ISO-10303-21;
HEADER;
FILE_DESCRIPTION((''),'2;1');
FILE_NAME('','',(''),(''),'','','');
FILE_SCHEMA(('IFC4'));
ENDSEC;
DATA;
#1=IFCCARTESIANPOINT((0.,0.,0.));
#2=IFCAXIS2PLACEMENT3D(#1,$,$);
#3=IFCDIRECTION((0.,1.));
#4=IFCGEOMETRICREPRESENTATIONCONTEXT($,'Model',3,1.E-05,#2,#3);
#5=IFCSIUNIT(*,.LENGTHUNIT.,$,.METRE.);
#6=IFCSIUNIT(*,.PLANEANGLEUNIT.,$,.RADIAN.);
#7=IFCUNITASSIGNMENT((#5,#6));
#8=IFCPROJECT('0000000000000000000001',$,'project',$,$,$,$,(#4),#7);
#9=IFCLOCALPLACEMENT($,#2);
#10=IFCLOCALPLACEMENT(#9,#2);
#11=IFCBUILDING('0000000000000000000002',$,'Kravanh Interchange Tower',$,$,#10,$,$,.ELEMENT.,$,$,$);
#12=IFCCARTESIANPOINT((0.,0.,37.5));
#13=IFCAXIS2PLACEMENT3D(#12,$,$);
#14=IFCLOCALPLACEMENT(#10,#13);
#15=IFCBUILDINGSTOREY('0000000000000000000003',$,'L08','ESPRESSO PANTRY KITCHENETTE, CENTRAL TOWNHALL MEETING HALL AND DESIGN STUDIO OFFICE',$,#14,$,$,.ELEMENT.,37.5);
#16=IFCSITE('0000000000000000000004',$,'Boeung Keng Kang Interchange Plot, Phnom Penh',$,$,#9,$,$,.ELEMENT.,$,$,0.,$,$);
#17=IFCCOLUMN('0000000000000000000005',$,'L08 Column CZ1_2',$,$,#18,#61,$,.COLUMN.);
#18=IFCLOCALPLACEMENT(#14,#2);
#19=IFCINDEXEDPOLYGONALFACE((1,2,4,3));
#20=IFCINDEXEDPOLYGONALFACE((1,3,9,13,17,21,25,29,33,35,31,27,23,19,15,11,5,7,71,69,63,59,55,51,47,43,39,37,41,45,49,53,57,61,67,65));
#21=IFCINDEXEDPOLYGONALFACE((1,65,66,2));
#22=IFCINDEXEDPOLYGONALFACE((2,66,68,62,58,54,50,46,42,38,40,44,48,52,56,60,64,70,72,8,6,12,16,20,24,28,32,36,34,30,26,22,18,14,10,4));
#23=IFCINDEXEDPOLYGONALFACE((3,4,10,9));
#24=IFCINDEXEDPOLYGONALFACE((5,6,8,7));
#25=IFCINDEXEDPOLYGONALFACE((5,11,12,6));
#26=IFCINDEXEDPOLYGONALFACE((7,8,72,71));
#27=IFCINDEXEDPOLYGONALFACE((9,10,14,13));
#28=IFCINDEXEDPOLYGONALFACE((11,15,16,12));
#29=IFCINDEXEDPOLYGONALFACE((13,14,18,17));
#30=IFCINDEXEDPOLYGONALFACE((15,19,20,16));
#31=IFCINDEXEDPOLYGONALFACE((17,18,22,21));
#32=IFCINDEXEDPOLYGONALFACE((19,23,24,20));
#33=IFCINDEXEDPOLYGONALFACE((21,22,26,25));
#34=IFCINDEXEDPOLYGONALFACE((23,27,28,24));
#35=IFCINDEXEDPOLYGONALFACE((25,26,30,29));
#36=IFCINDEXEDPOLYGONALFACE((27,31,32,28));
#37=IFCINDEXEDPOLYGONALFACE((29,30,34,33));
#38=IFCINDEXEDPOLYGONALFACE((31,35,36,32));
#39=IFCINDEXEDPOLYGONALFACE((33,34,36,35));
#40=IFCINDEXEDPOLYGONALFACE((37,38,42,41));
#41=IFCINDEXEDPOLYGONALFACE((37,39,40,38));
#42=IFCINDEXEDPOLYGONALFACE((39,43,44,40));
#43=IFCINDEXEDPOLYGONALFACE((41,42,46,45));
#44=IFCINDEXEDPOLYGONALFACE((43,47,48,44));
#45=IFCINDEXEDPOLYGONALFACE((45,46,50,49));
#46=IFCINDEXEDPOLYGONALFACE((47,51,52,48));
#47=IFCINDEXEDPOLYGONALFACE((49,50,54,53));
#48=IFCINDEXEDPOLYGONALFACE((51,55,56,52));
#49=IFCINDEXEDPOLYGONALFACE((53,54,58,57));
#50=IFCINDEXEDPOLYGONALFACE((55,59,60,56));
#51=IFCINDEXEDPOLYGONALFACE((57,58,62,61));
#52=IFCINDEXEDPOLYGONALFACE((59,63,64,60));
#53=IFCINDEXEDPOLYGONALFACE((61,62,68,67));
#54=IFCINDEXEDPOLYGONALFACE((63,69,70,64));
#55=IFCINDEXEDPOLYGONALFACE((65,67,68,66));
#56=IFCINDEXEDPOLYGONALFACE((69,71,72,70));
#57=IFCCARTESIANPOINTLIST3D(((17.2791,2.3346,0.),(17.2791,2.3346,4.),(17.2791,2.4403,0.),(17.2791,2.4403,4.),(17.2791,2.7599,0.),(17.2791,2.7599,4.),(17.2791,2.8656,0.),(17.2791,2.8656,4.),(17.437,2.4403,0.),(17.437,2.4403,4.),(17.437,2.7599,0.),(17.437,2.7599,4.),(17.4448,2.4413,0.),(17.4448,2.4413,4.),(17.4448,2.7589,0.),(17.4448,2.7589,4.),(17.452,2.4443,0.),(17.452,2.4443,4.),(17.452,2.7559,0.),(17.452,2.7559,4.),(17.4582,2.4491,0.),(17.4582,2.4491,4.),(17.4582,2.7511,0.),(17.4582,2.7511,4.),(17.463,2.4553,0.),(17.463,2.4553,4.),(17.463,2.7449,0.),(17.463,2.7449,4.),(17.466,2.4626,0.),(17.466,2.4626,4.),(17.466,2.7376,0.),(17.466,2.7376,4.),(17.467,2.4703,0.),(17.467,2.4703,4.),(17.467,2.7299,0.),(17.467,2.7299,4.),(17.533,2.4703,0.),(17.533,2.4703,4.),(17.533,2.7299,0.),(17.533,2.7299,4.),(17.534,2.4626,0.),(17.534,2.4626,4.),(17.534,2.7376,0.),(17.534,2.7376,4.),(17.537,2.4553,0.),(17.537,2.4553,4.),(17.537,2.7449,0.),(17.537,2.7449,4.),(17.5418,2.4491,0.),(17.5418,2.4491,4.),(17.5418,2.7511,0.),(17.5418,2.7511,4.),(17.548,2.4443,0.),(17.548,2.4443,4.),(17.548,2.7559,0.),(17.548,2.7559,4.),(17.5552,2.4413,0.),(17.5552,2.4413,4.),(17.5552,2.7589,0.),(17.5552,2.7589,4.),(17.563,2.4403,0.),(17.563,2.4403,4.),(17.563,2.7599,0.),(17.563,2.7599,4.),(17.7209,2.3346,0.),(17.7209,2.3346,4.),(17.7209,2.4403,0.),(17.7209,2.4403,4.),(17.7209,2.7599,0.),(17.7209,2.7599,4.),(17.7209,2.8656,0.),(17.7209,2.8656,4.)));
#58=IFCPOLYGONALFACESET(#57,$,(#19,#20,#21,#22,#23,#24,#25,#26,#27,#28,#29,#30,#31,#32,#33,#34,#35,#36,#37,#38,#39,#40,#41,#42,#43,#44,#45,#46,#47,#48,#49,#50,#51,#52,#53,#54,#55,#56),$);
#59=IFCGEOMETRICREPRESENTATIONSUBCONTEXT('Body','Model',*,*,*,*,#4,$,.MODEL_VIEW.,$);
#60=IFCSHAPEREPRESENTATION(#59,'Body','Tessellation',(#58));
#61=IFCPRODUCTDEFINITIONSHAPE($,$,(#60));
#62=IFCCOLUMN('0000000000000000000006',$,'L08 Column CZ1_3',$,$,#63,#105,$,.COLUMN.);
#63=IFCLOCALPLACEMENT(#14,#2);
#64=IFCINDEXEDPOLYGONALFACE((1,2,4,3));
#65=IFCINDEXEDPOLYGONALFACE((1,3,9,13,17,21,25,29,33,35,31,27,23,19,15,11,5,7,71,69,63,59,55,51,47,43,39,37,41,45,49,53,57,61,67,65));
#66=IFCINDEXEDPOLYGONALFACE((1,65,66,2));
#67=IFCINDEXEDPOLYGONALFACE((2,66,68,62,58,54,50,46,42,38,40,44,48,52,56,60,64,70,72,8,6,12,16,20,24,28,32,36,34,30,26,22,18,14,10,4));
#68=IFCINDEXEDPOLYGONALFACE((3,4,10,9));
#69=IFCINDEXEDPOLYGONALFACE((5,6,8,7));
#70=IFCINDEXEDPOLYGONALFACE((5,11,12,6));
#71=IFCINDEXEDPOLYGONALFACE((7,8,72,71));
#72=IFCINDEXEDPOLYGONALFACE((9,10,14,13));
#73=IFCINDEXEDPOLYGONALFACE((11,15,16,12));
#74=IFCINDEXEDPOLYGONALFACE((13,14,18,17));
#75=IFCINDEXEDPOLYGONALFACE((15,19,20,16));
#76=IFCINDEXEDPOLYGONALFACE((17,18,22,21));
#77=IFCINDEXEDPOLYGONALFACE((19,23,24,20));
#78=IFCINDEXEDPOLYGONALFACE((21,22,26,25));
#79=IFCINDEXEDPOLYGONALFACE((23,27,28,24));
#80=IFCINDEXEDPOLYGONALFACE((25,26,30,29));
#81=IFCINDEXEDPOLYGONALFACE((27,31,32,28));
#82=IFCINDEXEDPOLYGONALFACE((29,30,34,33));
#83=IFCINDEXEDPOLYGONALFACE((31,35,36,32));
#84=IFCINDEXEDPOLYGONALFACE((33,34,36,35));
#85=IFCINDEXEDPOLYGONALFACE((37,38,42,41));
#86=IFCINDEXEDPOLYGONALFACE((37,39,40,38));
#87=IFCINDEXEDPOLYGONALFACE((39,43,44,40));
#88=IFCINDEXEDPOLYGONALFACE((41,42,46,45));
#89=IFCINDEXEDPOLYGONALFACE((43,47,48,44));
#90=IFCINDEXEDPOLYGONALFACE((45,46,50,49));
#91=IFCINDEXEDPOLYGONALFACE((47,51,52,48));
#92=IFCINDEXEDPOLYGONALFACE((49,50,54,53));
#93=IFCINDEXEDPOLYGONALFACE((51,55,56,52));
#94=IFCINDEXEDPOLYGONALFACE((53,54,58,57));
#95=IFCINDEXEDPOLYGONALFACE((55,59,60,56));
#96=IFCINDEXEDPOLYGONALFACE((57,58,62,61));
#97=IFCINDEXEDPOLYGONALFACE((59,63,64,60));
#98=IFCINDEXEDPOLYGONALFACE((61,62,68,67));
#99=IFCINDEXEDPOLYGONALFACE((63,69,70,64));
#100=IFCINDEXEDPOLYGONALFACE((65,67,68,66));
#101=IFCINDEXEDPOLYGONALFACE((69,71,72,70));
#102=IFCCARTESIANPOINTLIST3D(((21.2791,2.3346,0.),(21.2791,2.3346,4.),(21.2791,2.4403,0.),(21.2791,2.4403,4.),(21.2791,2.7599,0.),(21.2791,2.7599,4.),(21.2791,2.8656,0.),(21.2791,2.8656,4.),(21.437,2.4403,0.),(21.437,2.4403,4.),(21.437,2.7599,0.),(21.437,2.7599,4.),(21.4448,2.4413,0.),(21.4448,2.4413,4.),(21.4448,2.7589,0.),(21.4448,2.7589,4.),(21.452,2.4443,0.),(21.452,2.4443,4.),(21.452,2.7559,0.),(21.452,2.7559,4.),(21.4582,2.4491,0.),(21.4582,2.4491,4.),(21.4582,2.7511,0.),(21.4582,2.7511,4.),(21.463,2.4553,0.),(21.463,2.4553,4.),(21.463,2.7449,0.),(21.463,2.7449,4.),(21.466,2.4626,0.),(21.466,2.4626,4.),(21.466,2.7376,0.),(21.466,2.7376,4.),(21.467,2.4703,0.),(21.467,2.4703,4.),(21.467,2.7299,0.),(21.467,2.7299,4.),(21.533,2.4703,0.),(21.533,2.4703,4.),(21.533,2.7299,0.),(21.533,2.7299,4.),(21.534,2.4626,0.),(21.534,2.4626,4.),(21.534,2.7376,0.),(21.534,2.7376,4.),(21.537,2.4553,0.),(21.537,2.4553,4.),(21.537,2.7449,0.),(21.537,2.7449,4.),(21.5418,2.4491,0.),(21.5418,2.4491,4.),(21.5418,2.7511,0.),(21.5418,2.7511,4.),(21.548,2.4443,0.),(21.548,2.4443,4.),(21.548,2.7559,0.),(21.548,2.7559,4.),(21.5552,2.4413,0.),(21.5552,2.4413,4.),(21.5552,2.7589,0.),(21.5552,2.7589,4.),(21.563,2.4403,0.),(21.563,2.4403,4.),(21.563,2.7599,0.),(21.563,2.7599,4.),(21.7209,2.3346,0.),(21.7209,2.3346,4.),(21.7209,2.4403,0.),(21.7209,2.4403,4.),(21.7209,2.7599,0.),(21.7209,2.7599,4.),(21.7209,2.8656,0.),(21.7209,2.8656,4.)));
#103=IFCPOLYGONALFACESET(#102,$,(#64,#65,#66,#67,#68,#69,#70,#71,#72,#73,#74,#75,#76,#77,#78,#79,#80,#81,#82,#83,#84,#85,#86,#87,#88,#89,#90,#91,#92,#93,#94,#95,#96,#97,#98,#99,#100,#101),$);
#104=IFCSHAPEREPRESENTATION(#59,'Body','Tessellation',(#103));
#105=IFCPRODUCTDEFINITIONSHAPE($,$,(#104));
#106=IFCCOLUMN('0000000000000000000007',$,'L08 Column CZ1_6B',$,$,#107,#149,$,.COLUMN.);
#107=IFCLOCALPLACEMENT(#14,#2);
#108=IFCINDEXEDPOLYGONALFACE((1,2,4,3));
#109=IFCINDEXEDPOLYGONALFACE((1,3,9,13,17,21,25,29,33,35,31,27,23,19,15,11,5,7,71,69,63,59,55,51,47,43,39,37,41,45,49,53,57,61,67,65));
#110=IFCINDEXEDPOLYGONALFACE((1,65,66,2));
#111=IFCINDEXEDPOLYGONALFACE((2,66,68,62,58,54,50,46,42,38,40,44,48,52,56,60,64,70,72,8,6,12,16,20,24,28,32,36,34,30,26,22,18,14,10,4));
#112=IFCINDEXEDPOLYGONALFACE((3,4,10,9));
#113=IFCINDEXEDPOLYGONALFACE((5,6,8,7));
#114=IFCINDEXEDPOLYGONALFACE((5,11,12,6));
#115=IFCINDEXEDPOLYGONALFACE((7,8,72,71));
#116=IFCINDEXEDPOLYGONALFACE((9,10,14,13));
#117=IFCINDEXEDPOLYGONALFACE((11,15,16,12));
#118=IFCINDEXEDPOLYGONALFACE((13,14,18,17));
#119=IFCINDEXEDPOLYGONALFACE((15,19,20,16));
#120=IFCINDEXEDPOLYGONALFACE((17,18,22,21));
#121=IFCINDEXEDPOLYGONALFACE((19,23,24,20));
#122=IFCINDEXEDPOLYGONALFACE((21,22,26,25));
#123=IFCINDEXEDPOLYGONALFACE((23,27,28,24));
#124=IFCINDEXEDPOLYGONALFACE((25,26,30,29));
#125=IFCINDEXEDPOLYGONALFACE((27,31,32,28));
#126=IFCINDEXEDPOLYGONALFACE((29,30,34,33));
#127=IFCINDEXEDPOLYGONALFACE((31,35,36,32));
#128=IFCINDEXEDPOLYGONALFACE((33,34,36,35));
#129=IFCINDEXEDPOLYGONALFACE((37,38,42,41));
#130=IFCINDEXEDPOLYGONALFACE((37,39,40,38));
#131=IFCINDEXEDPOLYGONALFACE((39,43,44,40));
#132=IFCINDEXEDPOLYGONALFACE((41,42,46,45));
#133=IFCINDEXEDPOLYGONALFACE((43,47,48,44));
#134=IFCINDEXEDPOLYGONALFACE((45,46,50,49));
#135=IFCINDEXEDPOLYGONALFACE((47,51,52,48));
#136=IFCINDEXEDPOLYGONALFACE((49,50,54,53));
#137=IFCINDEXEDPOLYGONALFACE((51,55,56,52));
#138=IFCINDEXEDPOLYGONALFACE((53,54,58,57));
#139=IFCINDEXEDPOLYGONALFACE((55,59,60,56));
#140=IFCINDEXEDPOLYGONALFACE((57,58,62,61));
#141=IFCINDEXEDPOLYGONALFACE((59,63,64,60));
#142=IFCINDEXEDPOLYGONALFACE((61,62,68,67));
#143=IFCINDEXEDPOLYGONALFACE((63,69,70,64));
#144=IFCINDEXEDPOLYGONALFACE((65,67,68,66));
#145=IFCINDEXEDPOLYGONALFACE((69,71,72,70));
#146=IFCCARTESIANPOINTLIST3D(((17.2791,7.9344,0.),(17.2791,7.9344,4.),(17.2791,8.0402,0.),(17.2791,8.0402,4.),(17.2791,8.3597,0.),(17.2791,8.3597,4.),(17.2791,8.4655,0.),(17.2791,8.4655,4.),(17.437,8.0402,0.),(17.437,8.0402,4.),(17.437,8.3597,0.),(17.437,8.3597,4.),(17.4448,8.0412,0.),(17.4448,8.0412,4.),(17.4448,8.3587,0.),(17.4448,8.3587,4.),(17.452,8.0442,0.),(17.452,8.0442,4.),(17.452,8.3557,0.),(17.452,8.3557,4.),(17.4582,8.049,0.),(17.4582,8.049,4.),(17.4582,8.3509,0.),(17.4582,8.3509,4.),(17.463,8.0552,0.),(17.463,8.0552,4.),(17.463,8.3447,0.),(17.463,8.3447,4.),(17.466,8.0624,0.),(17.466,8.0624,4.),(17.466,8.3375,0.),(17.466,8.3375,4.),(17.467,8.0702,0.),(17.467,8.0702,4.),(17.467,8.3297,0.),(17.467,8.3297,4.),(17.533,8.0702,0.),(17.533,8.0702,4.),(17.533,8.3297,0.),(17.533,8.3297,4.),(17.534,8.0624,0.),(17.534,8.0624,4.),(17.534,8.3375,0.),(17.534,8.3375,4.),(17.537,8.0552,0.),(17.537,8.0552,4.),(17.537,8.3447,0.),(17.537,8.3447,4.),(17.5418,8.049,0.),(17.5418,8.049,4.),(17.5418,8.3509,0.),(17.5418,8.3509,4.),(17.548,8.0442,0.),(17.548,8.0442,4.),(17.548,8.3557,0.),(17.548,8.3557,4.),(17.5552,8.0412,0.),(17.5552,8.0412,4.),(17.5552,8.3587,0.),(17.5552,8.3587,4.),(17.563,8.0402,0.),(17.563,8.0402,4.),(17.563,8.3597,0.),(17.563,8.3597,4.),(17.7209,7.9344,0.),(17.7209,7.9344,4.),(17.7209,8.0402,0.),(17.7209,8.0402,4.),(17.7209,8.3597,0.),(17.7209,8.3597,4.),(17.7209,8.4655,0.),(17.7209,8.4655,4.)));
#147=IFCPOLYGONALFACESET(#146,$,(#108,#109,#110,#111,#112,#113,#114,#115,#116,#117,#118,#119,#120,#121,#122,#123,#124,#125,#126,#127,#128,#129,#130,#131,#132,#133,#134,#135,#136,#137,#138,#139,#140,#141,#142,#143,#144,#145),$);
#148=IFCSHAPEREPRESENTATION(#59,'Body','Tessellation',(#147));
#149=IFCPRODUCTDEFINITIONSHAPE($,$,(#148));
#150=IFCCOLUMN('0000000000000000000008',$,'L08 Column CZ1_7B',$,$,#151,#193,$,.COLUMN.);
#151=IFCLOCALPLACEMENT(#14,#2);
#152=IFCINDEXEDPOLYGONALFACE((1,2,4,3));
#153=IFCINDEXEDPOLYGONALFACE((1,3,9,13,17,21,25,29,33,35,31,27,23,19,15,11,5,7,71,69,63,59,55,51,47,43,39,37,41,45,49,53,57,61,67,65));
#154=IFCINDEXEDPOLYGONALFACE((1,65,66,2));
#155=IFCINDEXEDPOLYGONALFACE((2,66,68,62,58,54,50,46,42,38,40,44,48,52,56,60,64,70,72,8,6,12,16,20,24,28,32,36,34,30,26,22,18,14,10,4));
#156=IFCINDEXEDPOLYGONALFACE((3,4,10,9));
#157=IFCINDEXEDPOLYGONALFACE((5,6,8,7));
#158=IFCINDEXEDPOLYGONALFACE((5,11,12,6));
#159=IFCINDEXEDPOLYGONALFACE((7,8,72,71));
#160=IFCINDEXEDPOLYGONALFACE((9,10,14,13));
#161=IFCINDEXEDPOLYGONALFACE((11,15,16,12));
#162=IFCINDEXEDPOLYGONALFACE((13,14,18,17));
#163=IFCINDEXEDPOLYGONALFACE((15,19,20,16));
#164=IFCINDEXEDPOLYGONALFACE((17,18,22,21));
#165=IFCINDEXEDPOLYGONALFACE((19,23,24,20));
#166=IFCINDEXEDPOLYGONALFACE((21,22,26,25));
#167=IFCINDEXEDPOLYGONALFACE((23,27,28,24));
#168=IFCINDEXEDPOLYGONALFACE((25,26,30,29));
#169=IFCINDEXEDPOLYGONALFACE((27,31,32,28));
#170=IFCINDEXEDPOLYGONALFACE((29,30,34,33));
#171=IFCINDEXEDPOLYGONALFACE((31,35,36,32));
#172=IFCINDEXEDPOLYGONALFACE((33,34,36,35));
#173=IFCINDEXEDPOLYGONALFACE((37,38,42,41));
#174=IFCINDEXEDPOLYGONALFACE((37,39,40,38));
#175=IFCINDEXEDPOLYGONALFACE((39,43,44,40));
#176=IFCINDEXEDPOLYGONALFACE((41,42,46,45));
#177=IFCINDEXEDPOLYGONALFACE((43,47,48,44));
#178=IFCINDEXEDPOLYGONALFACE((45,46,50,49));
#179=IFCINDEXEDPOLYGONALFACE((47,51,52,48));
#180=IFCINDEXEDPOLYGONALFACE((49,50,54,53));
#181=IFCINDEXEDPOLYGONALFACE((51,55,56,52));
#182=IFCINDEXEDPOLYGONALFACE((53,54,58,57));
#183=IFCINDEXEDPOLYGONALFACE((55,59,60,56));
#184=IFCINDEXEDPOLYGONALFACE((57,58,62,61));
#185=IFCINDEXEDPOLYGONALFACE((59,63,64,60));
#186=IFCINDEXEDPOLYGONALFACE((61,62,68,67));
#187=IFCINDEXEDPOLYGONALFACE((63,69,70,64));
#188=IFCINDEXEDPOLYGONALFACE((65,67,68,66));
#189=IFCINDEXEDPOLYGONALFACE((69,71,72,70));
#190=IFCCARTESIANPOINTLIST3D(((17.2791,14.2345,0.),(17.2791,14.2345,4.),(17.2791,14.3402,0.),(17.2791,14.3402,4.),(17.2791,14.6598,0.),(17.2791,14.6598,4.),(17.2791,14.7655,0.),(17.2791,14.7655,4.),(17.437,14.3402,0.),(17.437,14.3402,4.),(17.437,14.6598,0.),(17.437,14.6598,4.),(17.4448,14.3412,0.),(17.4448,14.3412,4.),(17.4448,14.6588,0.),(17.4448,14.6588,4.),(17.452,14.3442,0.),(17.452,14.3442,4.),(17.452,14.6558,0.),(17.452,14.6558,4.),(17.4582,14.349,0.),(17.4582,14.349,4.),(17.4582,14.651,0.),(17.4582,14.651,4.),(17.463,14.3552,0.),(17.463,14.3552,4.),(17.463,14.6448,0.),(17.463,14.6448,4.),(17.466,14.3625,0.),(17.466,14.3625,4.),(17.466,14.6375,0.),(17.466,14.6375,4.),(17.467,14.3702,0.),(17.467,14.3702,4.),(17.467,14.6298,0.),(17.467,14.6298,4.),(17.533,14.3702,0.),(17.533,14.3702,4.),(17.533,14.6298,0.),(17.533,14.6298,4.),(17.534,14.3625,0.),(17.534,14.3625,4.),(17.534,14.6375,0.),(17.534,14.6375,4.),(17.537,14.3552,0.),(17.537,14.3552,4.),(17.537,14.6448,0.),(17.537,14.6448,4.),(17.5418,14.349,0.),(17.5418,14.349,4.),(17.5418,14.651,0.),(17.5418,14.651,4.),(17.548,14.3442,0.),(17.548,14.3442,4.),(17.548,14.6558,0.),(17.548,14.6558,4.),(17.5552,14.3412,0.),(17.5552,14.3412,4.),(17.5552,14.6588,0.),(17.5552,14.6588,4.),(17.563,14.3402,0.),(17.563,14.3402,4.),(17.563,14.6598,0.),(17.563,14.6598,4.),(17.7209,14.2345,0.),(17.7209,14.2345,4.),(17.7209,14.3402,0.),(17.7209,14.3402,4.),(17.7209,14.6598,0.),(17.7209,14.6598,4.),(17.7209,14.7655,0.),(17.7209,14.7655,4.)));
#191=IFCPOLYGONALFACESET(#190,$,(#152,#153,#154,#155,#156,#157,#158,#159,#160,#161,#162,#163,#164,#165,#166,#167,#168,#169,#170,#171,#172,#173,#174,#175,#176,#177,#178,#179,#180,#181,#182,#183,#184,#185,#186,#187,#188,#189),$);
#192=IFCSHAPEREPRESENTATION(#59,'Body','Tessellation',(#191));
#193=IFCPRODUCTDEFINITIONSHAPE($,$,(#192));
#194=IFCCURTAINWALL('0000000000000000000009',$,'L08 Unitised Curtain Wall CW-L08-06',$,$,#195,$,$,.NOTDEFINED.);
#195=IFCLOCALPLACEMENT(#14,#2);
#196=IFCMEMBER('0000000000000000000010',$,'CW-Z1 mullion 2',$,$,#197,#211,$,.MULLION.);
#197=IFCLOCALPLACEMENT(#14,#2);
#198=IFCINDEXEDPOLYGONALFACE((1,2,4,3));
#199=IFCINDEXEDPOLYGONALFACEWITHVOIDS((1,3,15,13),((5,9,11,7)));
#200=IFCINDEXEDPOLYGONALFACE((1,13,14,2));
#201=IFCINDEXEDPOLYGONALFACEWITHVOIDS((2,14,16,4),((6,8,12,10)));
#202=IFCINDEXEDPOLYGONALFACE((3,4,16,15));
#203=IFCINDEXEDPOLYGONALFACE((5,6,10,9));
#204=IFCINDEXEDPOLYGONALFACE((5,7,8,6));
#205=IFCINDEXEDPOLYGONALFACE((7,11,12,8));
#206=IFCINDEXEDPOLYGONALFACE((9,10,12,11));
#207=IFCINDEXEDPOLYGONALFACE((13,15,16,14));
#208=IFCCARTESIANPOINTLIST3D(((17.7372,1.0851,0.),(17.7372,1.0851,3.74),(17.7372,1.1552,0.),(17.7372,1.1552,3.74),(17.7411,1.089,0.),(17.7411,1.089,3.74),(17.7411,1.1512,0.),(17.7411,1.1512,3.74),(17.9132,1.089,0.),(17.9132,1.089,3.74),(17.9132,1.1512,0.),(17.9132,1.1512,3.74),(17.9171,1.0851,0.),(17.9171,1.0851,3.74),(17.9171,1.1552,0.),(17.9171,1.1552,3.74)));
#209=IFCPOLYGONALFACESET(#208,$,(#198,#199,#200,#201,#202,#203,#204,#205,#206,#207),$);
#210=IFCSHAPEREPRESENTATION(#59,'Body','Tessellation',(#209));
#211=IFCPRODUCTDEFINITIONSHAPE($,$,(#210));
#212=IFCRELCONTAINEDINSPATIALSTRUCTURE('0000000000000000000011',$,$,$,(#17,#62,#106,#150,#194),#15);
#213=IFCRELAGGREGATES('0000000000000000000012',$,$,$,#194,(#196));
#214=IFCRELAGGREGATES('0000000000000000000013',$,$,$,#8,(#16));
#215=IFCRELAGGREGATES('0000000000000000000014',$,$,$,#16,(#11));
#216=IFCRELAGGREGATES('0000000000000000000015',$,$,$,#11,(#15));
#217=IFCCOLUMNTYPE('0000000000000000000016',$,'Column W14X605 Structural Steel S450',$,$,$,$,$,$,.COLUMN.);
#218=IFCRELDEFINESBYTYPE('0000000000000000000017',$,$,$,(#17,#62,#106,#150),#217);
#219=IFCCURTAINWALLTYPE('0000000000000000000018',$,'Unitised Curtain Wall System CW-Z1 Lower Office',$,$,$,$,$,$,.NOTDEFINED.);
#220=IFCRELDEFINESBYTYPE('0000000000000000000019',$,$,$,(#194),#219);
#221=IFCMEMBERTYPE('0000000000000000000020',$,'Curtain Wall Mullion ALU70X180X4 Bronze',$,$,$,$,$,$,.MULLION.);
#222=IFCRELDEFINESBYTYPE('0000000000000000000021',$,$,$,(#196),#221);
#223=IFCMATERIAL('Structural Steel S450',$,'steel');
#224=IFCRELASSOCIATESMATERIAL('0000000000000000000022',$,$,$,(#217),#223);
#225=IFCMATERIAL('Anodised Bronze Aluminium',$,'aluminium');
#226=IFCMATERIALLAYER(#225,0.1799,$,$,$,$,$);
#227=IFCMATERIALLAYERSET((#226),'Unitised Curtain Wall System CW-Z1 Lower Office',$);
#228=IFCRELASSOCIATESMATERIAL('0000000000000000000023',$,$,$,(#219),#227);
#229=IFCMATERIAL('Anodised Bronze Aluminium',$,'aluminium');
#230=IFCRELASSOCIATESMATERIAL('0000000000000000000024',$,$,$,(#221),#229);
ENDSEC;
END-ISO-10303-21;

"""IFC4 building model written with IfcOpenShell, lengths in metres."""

from ifc_helpers import new_model, si_unit, direction, frame, origin, origin_2d, place, context, subcontext, project, spatial, hollow_rectangle, i_section, extrude, material, layer, layer_set, material_profile, profile_set, type_object, element, aggregate, save


model = new_model("IFC4")

# Units and contexts
model_context = context("Model", 3, precision=1e-05, world=origin(), true_north=direction((0.0, 1.0)))
body_context = subcontext(model_context, "Body", "Model", "MODEL_VIEW")
ifc_project = project(units=[si_unit("LENGTHUNIT", "METRE"), si_unit("PLANEANGLEUNIT", "RADIAN")], contexts=[model_context])

# Site, building, storey
site_placement = place(None, origin())
site = spatial("IfcSite", under=ifc_project, at=site_placement, Name="Boeung Keng Kang Interchange Plot, Phnom Penh", CompositionType="ELEMENT", RefElevation=0.0)
building_placement = place(site_placement, origin())
building = spatial("IfcBuilding", under=site, at=building_placement, Name="Kravanh Interchange Tower", CompositionType="ELEMENT")
storey_placement = place(building_placement, frame((0.0, 0.0, 37.5)))
storey = spatial("IfcBuildingStorey", under=building, at=storey_placement, Name="L08", Description="ESPRESSO PANTRY KITCHENETTE, CENTRAL TOWNHALL MEETING HALL AND DESIGN STUDIO OFFICE", CompositionType="ELEMENT", Elevation=37.5)

# Columns
ifc_material_1 = material(Name="Structural Steel S450", Category="steel")
ifc_material_profile_1 = material_profile(ifc_material_1, i_section(OverallWidth=0.4419, OverallDepth=0.531, WebThickness=0.0659, FlangeThickness=0.1057, FilletRadius=0.03, at=origin_2d()), Name="W14X605")
ifc_profile_set_1 = profile_set([ifc_material_profile_1], Name="Structural Steel S450")
column_type = type_object("IfcColumnType", Name="Column W14X605 Structural Steel S450", PredefinedType="COLUMN", material=ifc_profile_set_1)
for number, where, z_axis, x_axis, name in (
    (1, (17.5, 2.6001, 0.0), (0.0, 0.0, 1.0), (1.0, 0.0, 0.0), "L08 Column CZ1_2"),
    (2, (21.5, 2.6001, 0.0), (0.0, 0.0, 1.0), (1.0, 0.0, 0.0), "L08 Column CZ1_3"),
    (3, (17.5, 8.2, 0.0), (0.0, 0.0, 1.0), (1.0, 0.0, 0.0), "L08 Column CZ1_6B"),
    (4, (17.5, 14.5, 0.0), (0.0, 0.0, 1.0), (1.0, 0.0, 0.0), "L08 Column CZ1_7B"),
):
    element("IfcColumn", number, at=place(storey_placement, frame(where, z_axis=z_axis, x_axis=x_axis)), inside=storey, type_object=column_type, Name=name, PredefinedType="COLUMN", context=body_context, shape_type="SweptSolid", body=[
        extrude(i_section(OverallWidth=0.4419, OverallDepth=0.531, WebThickness=0.0659, FlangeThickness=0.1057, FilletRadius=0.03, at=origin_2d()), origin(), (0.0, 0.0, 1.0), 4.0),
    ])

# Curtain wall, member
ifc_material_2 = material(Name="Anodised Bronze Aluminium", Category="aluminium")
ifc_layer_1 = layer(ifc_material_2, 0.1799)
ifc_layer_set_1 = layer_set([ifc_layer_1], Name="Unitised Curtain Wall System CW-Z1 Lower Office")
curtain_wall_type = type_object("IfcCurtainWallType", Name="Unitised Curtain Wall System CW-Z1 Lower Office", PredefinedType="NOTDEFINED", material=ifc_layer_set_1)
curtain_wall_placement = place(storey_placement, origin())
curtain_wall = element("IfcCurtainWall", 5, at=curtain_wall_placement, inside=storey, type_object=curtain_wall_type, Name="L08 Unitised Curtain Wall CW-L08-06", PredefinedType="NOTDEFINED")
ifc_material_3 = material(Name="Anodised Bronze Aluminium", Category="aluminium")
ifc_material_profile_2 = material_profile(ifc_material_3, hollow_rectangle(XDim=0.0701, YDim=0.1799, WallThickness=0.0039, at=origin_2d()), Name="ALU70X180X4")
ifc_profile_set_2 = profile_set([ifc_material_profile_2], Name="Anodised Bronze Aluminium")
member_type_1 = type_object("IfcMemberType", Name="Curtain Wall Mullion ALU70X180X4 Bronze", PredefinedType="MULLION", material=ifc_profile_set_2)
member_1_placement = place(storey_placement, frame((17.8271, 1.1201, 0.0), z_axis=(0.0, 0.0, 1.0), x_axis=(0.0, -1.0, 0.0)))
member_1 = element("IfcMember", 6, at=member_1_placement, type_object=member_type_1, Name="CW-Z1 mullion 2", PredefinedType="MULLION", context=body_context, shape_type="SweptSolid", body=[
    extrude(hollow_rectangle(XDim=0.0701, YDim=0.1799, WallThickness=0.0039, at=origin_2d()), origin(), (0.0, 0.0, 1.0), 3.74),
])

aggregate(curtain_wall, [member_1])

save(model, "model.ifc")
